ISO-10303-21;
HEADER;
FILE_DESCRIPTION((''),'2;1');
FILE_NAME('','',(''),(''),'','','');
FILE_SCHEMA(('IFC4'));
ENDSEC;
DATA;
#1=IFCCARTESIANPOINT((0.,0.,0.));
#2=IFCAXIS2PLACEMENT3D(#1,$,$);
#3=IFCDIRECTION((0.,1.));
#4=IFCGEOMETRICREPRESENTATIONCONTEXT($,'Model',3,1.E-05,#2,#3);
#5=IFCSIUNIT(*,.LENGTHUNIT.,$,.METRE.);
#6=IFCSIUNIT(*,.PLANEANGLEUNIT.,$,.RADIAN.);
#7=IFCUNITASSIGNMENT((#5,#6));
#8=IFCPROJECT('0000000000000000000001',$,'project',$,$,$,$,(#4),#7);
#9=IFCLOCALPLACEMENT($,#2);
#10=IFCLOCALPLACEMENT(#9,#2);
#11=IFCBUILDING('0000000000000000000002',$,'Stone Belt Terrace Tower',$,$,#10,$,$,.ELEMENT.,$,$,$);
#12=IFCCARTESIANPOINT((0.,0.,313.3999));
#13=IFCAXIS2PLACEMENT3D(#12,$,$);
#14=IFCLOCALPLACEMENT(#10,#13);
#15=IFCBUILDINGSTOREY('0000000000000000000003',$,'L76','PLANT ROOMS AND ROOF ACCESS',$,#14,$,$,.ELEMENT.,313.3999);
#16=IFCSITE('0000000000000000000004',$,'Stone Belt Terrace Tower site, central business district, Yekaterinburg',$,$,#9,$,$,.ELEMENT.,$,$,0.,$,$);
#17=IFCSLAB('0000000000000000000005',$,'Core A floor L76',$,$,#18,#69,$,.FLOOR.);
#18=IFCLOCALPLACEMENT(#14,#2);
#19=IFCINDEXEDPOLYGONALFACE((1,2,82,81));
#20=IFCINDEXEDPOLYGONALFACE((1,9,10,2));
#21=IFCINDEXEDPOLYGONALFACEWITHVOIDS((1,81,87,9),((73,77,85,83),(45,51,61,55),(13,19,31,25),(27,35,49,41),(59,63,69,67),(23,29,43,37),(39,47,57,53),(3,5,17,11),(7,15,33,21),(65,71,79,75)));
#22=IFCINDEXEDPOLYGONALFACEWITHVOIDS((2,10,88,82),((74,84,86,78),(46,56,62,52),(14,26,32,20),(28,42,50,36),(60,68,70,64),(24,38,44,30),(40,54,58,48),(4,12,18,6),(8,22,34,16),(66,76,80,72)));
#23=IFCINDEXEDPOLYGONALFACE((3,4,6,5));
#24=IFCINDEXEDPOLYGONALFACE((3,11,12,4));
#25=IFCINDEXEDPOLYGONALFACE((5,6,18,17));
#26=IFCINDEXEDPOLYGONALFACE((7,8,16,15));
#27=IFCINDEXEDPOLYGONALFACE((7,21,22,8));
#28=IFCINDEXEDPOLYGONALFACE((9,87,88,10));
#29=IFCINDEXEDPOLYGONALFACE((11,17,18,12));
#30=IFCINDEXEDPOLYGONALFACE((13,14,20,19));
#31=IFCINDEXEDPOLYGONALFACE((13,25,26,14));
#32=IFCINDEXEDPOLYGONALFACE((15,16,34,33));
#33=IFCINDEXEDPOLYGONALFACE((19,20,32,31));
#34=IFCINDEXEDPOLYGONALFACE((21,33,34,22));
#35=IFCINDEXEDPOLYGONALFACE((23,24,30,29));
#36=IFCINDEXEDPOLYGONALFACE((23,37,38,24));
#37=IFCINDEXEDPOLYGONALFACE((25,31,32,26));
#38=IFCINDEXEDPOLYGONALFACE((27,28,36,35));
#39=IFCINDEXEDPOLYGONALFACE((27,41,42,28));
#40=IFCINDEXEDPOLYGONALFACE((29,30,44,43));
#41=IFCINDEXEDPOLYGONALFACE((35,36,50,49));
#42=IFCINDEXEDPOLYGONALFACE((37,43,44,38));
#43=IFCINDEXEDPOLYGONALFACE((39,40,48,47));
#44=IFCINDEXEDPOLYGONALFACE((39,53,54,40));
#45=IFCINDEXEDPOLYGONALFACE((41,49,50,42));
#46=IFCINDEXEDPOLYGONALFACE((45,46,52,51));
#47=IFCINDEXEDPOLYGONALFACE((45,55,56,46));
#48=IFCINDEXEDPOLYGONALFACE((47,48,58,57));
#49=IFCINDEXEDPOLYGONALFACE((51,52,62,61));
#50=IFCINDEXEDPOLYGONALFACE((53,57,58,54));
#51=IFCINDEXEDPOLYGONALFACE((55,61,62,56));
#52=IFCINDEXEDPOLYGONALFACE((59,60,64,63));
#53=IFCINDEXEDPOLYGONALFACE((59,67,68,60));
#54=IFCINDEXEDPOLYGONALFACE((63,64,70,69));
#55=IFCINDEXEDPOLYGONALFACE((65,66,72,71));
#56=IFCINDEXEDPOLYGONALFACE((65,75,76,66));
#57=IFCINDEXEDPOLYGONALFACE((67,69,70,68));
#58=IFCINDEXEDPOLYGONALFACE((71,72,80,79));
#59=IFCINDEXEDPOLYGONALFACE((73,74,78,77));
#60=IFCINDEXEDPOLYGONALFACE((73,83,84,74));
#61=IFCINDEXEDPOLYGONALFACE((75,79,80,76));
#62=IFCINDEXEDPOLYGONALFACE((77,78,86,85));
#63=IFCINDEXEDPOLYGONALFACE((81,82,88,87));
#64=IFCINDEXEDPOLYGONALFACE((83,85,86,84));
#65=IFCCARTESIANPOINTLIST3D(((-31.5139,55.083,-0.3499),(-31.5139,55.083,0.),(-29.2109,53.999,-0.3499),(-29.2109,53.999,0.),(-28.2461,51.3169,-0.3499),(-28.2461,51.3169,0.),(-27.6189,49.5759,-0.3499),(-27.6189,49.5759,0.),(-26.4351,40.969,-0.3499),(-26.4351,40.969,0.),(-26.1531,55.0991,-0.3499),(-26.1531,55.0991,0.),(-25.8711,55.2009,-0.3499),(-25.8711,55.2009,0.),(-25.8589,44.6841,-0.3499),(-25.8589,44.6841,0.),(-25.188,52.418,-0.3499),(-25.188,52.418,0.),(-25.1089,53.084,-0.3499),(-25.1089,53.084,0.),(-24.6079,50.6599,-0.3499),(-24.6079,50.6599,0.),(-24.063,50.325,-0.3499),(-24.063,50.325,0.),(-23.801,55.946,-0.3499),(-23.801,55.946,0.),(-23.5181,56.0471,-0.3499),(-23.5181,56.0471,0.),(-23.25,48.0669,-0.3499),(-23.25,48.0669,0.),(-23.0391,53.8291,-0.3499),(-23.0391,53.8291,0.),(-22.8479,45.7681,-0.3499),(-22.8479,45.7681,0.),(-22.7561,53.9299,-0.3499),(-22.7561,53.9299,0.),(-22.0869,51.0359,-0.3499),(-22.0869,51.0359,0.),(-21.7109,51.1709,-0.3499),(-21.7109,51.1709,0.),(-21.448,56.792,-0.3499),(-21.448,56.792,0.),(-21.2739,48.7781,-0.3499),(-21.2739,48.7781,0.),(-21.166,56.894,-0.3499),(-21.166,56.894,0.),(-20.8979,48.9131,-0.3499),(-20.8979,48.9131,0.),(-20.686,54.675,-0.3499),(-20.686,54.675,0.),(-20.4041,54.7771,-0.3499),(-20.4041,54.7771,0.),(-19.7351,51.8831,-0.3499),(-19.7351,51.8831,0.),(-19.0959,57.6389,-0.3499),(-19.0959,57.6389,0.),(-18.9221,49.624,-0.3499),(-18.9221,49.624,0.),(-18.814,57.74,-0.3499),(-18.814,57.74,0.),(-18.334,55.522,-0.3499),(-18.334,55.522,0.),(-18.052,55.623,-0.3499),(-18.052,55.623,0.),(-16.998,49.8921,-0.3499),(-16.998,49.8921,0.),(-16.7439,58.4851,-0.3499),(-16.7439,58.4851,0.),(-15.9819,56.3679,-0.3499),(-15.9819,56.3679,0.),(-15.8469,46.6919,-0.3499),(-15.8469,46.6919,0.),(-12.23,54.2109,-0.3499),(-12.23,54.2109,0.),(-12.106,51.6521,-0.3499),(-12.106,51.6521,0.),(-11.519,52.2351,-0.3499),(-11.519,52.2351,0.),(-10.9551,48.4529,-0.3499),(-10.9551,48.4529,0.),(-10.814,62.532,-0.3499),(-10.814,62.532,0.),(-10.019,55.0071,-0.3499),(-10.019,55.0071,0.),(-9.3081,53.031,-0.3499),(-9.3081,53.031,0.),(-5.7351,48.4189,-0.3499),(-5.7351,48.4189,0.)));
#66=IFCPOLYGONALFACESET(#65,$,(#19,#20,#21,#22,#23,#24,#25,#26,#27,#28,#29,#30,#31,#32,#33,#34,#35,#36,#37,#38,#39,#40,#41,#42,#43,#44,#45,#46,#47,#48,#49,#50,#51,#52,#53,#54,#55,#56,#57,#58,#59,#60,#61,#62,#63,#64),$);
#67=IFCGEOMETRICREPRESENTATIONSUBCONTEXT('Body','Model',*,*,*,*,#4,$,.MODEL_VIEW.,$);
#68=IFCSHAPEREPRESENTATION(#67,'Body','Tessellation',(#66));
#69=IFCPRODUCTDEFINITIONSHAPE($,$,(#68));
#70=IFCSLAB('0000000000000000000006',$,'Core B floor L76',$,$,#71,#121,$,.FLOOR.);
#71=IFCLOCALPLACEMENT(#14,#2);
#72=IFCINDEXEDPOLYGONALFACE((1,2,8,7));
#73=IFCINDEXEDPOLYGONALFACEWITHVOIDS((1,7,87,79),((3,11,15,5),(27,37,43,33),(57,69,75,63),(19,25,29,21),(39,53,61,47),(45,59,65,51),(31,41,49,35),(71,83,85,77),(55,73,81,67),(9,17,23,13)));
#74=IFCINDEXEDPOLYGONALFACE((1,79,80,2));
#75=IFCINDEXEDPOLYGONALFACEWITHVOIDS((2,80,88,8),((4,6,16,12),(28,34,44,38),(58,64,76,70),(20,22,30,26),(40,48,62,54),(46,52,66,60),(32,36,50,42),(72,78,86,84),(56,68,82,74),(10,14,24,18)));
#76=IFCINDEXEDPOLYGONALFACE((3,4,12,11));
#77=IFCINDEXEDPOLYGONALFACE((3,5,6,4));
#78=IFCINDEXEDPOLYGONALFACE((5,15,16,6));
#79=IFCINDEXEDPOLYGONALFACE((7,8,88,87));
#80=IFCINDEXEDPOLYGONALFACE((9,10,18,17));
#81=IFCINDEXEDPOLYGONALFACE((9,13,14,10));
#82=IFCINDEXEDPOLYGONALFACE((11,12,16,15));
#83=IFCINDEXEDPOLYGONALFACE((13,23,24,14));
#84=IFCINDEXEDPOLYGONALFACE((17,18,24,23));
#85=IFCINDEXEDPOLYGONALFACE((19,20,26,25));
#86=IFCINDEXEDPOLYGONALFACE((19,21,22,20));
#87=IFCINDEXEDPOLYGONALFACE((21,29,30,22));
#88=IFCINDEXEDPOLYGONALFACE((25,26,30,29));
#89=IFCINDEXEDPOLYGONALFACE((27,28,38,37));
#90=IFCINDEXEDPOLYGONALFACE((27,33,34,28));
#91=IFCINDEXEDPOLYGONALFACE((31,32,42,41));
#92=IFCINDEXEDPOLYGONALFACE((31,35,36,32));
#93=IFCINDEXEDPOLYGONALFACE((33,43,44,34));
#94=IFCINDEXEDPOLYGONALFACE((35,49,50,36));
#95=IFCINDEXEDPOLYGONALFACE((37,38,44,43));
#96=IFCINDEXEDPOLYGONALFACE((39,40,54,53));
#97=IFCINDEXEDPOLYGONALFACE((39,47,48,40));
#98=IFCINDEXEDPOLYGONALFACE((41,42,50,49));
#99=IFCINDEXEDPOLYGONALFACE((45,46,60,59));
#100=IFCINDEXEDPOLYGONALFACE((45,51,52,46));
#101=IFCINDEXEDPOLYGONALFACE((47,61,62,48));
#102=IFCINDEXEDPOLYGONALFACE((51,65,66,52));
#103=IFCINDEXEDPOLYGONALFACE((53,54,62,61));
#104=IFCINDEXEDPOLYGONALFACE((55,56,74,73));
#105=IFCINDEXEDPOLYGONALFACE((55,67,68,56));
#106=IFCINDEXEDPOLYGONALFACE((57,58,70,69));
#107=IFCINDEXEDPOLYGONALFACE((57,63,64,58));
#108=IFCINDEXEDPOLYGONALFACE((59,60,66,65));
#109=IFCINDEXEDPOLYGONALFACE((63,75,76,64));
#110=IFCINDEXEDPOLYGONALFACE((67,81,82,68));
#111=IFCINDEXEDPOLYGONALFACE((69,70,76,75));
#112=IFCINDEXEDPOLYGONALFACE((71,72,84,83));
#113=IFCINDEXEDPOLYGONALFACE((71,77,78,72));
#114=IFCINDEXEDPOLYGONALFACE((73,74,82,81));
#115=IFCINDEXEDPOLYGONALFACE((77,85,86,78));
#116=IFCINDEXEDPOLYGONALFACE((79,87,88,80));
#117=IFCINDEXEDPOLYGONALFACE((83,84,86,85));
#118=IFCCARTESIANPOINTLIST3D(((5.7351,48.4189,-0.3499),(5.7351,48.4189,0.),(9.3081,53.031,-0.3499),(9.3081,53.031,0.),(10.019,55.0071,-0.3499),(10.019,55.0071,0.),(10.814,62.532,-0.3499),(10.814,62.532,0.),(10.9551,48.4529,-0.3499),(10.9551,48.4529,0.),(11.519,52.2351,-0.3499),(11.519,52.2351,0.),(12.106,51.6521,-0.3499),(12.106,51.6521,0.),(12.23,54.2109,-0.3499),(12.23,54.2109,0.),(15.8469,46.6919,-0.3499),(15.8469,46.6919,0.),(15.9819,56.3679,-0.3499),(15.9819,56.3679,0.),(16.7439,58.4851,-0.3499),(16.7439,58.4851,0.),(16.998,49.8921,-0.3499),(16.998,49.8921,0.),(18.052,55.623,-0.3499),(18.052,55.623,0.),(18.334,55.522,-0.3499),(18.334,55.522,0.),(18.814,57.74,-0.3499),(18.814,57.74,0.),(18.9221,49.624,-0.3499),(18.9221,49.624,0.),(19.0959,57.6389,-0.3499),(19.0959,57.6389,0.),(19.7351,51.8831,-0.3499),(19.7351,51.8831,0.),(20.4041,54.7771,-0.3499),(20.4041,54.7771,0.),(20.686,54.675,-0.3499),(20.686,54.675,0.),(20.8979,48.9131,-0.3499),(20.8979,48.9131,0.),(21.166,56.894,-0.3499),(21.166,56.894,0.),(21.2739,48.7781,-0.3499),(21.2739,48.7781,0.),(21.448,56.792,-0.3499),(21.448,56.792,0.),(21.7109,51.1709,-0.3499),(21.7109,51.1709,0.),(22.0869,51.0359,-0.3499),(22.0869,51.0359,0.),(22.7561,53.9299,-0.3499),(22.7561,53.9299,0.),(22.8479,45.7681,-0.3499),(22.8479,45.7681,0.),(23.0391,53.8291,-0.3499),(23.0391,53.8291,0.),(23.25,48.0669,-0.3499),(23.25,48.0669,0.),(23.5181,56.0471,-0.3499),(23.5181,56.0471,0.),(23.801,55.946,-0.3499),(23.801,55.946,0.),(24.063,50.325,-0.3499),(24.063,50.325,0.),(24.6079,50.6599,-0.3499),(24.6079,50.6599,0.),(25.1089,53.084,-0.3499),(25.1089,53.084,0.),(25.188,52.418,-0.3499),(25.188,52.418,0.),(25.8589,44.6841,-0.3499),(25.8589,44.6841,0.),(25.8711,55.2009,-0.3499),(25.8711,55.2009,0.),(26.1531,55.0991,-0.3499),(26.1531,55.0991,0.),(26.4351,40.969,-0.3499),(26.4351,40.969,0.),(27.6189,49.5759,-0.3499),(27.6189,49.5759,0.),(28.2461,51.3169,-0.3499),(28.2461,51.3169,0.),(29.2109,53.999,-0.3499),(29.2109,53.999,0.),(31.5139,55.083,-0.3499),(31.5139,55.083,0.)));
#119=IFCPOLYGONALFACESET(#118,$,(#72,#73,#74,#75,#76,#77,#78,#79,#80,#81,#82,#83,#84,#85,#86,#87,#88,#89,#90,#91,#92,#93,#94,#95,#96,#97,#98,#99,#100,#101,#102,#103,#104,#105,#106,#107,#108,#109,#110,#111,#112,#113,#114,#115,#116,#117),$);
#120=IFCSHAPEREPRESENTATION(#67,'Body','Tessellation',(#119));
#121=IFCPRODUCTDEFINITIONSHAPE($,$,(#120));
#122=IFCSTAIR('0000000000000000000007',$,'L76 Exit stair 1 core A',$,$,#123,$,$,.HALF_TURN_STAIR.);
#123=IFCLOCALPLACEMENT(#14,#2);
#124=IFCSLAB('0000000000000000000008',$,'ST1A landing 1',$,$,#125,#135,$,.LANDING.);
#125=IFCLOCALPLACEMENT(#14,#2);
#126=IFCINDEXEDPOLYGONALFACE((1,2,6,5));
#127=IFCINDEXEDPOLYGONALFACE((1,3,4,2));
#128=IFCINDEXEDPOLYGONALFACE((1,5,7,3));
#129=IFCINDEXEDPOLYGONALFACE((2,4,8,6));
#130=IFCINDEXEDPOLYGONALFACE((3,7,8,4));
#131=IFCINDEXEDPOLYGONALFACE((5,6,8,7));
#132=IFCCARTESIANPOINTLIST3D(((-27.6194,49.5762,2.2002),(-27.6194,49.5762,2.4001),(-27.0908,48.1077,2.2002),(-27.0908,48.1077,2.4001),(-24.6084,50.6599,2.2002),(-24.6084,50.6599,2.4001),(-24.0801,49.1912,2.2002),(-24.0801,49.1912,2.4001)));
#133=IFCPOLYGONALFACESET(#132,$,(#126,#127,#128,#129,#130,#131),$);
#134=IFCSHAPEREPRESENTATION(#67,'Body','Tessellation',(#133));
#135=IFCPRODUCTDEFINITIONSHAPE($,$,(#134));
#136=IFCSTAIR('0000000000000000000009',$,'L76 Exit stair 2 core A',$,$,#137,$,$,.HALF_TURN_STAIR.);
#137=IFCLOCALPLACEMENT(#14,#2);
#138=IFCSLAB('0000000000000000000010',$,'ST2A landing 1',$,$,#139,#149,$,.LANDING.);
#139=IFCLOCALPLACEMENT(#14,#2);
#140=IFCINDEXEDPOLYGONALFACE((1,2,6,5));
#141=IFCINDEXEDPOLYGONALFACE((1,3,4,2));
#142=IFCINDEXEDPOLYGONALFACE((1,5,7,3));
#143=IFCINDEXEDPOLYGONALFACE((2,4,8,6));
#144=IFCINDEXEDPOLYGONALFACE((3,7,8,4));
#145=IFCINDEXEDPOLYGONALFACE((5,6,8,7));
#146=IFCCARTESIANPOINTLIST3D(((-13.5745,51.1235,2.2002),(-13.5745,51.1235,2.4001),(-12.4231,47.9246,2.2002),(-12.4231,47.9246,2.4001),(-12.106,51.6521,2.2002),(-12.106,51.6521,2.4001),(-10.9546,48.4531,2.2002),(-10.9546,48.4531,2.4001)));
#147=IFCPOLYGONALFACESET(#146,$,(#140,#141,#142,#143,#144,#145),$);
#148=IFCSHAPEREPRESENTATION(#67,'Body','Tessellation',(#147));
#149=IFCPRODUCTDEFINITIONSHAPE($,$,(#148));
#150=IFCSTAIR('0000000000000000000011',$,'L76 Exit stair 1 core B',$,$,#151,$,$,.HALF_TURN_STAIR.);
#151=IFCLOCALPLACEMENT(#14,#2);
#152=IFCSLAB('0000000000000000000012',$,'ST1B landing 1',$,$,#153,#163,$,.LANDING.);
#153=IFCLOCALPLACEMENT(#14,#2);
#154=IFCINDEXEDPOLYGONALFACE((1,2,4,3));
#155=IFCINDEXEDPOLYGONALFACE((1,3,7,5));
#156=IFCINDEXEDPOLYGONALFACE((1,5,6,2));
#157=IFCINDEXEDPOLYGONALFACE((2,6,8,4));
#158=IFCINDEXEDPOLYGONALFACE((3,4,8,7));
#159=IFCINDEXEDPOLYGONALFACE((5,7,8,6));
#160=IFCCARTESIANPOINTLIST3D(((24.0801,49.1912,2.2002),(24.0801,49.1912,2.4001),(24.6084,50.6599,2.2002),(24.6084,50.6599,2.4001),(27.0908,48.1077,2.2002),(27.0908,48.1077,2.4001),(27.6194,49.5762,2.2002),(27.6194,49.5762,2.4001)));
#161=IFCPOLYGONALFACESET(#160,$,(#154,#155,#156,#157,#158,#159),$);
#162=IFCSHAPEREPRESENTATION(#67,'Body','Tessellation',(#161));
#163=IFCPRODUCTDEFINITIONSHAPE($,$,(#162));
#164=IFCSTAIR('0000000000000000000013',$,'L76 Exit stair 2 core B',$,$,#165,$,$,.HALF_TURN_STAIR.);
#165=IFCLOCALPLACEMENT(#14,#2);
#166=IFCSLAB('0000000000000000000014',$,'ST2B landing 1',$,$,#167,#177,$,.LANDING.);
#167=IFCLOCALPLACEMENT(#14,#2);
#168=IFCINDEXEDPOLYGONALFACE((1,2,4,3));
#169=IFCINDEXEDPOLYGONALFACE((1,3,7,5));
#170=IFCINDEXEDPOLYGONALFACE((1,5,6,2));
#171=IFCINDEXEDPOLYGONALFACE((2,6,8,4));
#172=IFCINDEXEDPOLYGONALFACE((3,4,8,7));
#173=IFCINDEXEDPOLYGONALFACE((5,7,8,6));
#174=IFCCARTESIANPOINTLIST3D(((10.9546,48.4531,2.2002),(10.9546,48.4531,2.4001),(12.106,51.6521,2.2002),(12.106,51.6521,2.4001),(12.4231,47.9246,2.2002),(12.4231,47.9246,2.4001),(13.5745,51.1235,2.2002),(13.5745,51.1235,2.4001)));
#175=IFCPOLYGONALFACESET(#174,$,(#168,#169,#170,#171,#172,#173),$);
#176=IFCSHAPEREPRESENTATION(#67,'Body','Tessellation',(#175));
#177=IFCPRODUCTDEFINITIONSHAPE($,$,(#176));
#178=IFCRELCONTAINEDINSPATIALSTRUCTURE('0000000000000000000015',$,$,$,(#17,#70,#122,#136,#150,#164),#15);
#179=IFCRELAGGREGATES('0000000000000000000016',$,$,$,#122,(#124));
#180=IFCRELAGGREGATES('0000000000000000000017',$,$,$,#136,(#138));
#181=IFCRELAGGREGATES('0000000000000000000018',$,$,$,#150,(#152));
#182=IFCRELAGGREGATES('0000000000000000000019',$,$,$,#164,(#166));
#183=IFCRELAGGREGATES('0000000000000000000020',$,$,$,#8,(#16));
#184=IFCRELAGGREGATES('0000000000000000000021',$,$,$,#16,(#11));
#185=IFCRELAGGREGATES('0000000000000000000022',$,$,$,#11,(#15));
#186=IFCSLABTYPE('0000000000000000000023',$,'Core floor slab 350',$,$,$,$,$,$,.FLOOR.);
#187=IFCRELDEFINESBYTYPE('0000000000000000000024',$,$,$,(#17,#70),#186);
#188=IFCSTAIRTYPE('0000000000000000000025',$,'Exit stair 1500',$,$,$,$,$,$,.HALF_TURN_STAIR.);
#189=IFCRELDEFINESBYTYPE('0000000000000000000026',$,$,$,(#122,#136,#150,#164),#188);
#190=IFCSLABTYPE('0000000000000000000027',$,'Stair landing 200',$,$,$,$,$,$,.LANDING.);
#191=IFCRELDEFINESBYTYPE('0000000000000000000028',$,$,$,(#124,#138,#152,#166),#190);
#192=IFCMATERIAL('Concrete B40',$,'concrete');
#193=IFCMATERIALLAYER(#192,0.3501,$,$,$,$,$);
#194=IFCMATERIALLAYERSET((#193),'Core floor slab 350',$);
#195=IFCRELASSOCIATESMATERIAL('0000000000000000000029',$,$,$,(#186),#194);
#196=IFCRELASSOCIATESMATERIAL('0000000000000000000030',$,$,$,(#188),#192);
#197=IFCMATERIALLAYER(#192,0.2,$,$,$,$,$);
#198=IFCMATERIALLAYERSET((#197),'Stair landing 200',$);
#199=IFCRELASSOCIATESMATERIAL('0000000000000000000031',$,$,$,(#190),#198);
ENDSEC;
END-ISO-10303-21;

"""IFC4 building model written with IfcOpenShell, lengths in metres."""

from ifc_helpers import new_model, si_unit, direction, frame, origin, place, context, subcontext, project, spatial, polyline, outline, extrude, material, layer, layer_set, type_object, element, aggregate, save


model = new_model("IFC4")

# Units and contexts
model_context = context("Model", 3, precision=1e-05, world=origin(), true_north=direction((0.0, 1.0)))
body_context = subcontext(model_context, "Body", "Model", "MODEL_VIEW")
ifc_project = project(units=[si_unit("LENGTHUNIT", "METRE"), si_unit("PLANEANGLEUNIT", "RADIAN")], contexts=[model_context])

# Site, building, storey
site_placement = place(None, origin())
site = spatial("IfcSite", under=ifc_project, at=site_placement, Name="Stone Belt Terrace Tower site, central business district, Yekaterinburg", CompositionType="ELEMENT", RefElevation=0.0)
building_placement = place(site_placement, origin())
building = spatial("IfcBuilding", under=site, at=building_placement, Name="Stone Belt Terrace Tower", CompositionType="ELEMENT")
storey_placement = place(building_placement, frame((0.0, 0.0, 313.3999)))
storey = spatial("IfcBuildingStorey", under=building, at=storey_placement, Name="L76", Description="PLANT ROOMS AND ROOF ACCESS", CompositionType="ELEMENT", Elevation=313.3999)

# Slabs
ifc_material_1 = material(Name="Concrete B40", Category="concrete")
ifc_layer_1 = layer(ifc_material_1, 0.3501)
ifc_layer_set_1 = layer_set([ifc_layer_1], Name="Core floor slab 350")
slab_type_1 = type_object("IfcSlabType", Name="Core floor slab 350", PredefinedType="FLOOR", material=ifc_layer_set_1)
slab_1_placement = place(storey_placement, frame((0.0, 0.0, -0.3499)))
element("IfcSlab", 1, at=slab_1_placement, inside=storey, type_object=slab_type_1, Name="Core A floor L76", PredefinedType="FLOOR", context=body_context, shape_type="SweptSolid", body=[
    extrude(outline(polyline([(-26.4351, 40.969), (-5.7351, 48.4189), (-10.814, 62.532), (-31.5139, 55.083), (-26.4351, 40.969)]), holes=[polyline([(-24.6079, 50.6599), (-22.8479, 45.7681), (-25.8589, 44.6841), (-27.6189, 49.5759), (-24.6079, 50.6599)]), polyline([(-10.9551, 48.4529), (-15.8469, 46.6919), (-16.998, 49.8921), (-12.106, 51.6521), (-10.9551, 48.4529)]), polyline([(-22.0869, 51.0359), (-21.2739, 48.7781), (-23.25, 48.0669), (-24.063, 50.325), (-22.0869, 51.0359)]), polyline([(-18.9221, 49.624), (-20.8979, 48.9131), (-21.7109, 51.1709), (-19.7351, 51.8831), (-18.9221, 49.624)]), polyline([(-29.2109, 53.999), (-26.1531, 55.0991), (-25.188, 52.418), (-28.2461, 51.3169), (-29.2109, 53.999)]), polyline([(-10.019, 55.0071), (-9.3081, 53.031), (-11.519, 52.2351), (-12.23, 54.2109), (-10.019, 55.0071)]), polyline([(-25.8711, 55.2009), (-23.801, 55.946), (-23.0391, 53.8291), (-25.1089, 53.084), (-25.8711, 55.2009)]), polyline([(-23.5181, 56.0471), (-21.448, 56.792), (-20.686, 54.675), (-22.7561, 53.9299), (-23.5181, 56.0471)]), polyline([(-19.0959, 57.6389), (-18.334, 55.522), (-20.4041, 54.7771), (-21.166, 56.894), (-19.0959, 57.6389)]), polyline([(-16.7439, 58.4851), (-15.9819, 56.3679), (-18.052, 55.623), (-18.814, 57.74), (-16.7439, 58.4851)])]), origin(), (0.0, 0.0, 1.0), 0.3499),
])
slab_2_placement = place(storey_placement, frame((0.0, 0.0, -0.3499)))
element("IfcSlab", 2, at=slab_2_placement, inside=storey, type_object=slab_type_1, Name="Core B floor L76", PredefinedType="FLOOR", context=body_context, shape_type="SweptSolid", body=[
    extrude(outline(polyline([(26.4351, 40.969), (31.5139, 55.083), (10.814, 62.532), (5.7351, 48.4189), (26.4351, 40.969)]), holes=[polyline([(27.6189, 49.5759), (25.8589, 44.6841), (22.8479, 45.7681), (24.6079, 50.6599), (27.6189, 49.5759)]), polyline([(12.106, 51.6521), (16.998, 49.8921), (15.8469, 46.6919), (10.9551, 48.4529), (12.106, 51.6521)]), polyline([(23.25, 48.0669), (21.2739, 48.7781), (22.0869, 51.0359), (24.063, 50.325), (23.25, 48.0669)]), polyline([(18.9221, 49.624), (19.7351, 51.8831), (21.7109, 51.1709), (20.8979, 48.9131), (18.9221, 49.624)]), polyline([(29.2109, 53.999), (28.2461, 51.3169), (25.188, 52.418), (26.1531, 55.0991), (29.2109, 53.999)]), polyline([(11.519, 52.2351), (9.3081, 53.031), (10.019, 55.0071), (12.23, 54.2109), (11.519, 52.2351)]), polyline([(23.0391, 53.8291), (23.801, 55.946), (25.8711, 55.2009), (25.1089, 53.084), (23.0391, 53.8291)]), polyline([(20.686, 54.675), (21.448, 56.792), (23.5181, 56.0471), (22.7561, 53.9299), (20.686, 54.675)]), polyline([(19.0959, 57.6389), (21.166, 56.894), (20.4041, 54.7771), (18.334, 55.522), (19.0959, 57.6389)]), polyline([(16.7439, 58.4851), (18.814, 57.74), (18.052, 55.623), (15.9819, 56.3679), (16.7439, 58.4851)])]), origin(), (0.0, 0.0, 1.0), 0.3499),
])

# Stairs, slabs
stair_type = type_object("IfcStairType", Name="Exit stair 1500", PredefinedType="HALF_TURN_STAIR", material=ifc_material_1)
stair_1_placement = place(storey_placement, origin())
stair_1 = element("IfcStair", 3, at=stair_1_placement, inside=storey, type_object=stair_type, Name="L76 Exit stair 1 core A", PredefinedType="HALF_TURN_STAIR")
ifc_layer_2 = layer(ifc_material_1, 0.2)
ifc_layer_set_2 = layer_set([ifc_layer_2], Name="Stair landing 200")
slab_type_2 = type_object("IfcSlabType", Name="Stair landing 200", PredefinedType="LANDING", material=ifc_layer_set_2)
slab_3_placement = place(storey_placement, frame((0.0, 0.0, 2.2002)))
slab_3 = element("IfcSlab", 4, at=slab_3_placement, type_object=slab_type_2, Name="ST1A landing 1", PredefinedType="LANDING", context=body_context, shape_type="SweptSolid", body=[
    extrude(outline(polyline([(-24.0801, 49.1912), (-24.6084, 50.6599), (-27.6194, 49.5762), (-27.0908, 48.1077), (-24.0801, 49.1912)])), origin(), (0.0, 0.0, 1.0), 0.2),
])
aggregate(stair_1, [slab_3])
stair_2_placement = place(storey_placement, origin())
stair_2 = element("IfcStair", 5, at=stair_2_placement, inside=storey, type_object=stair_type, Name="L76 Exit stair 2 core A", PredefinedType="HALF_TURN_STAIR")
slab_4_placement = place(storey_placement, frame((0.0, 0.0, 2.2002)))
slab_4 = element("IfcSlab", 6, at=slab_4_placement, type_object=slab_type_2, Name="ST2A landing 1", PredefinedType="LANDING", context=body_context, shape_type="SweptSolid", body=[
    extrude(outline(polyline([(-12.4231, 47.9246), (-10.9546, 48.4531), (-12.106, 51.6521), (-13.5745, 51.1235), (-12.4231, 47.9246)])), origin(), (0.0, 0.0, 1.0), 0.2),
])
aggregate(stair_2, [slab_4])
stair_3_placement = place(storey_placement, origin())
stair_3 = element("IfcStair", 7, at=stair_3_placement, inside=storey, type_object=stair_type, Name="L76 Exit stair 1 core B", PredefinedType="HALF_TURN_STAIR")
slab_5_placement = place(storey_placement, frame((0.0, 0.0, 2.2002)))
slab_5 = element("IfcSlab", 8, at=slab_5_placement, type_object=slab_type_2, Name="ST1B landing 1", PredefinedType="LANDING", context=body_context, shape_type="SweptSolid", body=[
    extrude(outline(polyline([(27.0908, 48.1077), (27.6194, 49.5762), (24.6084, 50.6599), (24.0801, 49.1912), (27.0908, 48.1077)])), origin(), (0.0, 0.0, 1.0), 0.2),
])
aggregate(stair_3, [slab_5])
stair_4_placement = place(storey_placement, origin())
stair_4 = element("IfcStair", 9, at=stair_4_placement, inside=storey, type_object=stair_type, Name="L76 Exit stair 2 core B", PredefinedType="HALF_TURN_STAIR")
slab_6_placement = place(storey_placement, frame((0.0, 0.0, 2.2002)))
slab_6 = element("IfcSlab", 10, at=slab_6_placement, type_object=slab_type_2, Name="ST2B landing 1", PredefinedType="LANDING", context=body_context, shape_type="SweptSolid", body=[
    extrude(outline(polyline([(13.5745, 51.1235), (12.106, 51.6521), (10.9546, 48.4531), (12.4231, 47.9246), (13.5745, 51.1235)])), origin(), (0.0, 0.0, 1.0), 0.2),
])
aggregate(stair_4, [slab_6])

save(model, "model.ifc")
